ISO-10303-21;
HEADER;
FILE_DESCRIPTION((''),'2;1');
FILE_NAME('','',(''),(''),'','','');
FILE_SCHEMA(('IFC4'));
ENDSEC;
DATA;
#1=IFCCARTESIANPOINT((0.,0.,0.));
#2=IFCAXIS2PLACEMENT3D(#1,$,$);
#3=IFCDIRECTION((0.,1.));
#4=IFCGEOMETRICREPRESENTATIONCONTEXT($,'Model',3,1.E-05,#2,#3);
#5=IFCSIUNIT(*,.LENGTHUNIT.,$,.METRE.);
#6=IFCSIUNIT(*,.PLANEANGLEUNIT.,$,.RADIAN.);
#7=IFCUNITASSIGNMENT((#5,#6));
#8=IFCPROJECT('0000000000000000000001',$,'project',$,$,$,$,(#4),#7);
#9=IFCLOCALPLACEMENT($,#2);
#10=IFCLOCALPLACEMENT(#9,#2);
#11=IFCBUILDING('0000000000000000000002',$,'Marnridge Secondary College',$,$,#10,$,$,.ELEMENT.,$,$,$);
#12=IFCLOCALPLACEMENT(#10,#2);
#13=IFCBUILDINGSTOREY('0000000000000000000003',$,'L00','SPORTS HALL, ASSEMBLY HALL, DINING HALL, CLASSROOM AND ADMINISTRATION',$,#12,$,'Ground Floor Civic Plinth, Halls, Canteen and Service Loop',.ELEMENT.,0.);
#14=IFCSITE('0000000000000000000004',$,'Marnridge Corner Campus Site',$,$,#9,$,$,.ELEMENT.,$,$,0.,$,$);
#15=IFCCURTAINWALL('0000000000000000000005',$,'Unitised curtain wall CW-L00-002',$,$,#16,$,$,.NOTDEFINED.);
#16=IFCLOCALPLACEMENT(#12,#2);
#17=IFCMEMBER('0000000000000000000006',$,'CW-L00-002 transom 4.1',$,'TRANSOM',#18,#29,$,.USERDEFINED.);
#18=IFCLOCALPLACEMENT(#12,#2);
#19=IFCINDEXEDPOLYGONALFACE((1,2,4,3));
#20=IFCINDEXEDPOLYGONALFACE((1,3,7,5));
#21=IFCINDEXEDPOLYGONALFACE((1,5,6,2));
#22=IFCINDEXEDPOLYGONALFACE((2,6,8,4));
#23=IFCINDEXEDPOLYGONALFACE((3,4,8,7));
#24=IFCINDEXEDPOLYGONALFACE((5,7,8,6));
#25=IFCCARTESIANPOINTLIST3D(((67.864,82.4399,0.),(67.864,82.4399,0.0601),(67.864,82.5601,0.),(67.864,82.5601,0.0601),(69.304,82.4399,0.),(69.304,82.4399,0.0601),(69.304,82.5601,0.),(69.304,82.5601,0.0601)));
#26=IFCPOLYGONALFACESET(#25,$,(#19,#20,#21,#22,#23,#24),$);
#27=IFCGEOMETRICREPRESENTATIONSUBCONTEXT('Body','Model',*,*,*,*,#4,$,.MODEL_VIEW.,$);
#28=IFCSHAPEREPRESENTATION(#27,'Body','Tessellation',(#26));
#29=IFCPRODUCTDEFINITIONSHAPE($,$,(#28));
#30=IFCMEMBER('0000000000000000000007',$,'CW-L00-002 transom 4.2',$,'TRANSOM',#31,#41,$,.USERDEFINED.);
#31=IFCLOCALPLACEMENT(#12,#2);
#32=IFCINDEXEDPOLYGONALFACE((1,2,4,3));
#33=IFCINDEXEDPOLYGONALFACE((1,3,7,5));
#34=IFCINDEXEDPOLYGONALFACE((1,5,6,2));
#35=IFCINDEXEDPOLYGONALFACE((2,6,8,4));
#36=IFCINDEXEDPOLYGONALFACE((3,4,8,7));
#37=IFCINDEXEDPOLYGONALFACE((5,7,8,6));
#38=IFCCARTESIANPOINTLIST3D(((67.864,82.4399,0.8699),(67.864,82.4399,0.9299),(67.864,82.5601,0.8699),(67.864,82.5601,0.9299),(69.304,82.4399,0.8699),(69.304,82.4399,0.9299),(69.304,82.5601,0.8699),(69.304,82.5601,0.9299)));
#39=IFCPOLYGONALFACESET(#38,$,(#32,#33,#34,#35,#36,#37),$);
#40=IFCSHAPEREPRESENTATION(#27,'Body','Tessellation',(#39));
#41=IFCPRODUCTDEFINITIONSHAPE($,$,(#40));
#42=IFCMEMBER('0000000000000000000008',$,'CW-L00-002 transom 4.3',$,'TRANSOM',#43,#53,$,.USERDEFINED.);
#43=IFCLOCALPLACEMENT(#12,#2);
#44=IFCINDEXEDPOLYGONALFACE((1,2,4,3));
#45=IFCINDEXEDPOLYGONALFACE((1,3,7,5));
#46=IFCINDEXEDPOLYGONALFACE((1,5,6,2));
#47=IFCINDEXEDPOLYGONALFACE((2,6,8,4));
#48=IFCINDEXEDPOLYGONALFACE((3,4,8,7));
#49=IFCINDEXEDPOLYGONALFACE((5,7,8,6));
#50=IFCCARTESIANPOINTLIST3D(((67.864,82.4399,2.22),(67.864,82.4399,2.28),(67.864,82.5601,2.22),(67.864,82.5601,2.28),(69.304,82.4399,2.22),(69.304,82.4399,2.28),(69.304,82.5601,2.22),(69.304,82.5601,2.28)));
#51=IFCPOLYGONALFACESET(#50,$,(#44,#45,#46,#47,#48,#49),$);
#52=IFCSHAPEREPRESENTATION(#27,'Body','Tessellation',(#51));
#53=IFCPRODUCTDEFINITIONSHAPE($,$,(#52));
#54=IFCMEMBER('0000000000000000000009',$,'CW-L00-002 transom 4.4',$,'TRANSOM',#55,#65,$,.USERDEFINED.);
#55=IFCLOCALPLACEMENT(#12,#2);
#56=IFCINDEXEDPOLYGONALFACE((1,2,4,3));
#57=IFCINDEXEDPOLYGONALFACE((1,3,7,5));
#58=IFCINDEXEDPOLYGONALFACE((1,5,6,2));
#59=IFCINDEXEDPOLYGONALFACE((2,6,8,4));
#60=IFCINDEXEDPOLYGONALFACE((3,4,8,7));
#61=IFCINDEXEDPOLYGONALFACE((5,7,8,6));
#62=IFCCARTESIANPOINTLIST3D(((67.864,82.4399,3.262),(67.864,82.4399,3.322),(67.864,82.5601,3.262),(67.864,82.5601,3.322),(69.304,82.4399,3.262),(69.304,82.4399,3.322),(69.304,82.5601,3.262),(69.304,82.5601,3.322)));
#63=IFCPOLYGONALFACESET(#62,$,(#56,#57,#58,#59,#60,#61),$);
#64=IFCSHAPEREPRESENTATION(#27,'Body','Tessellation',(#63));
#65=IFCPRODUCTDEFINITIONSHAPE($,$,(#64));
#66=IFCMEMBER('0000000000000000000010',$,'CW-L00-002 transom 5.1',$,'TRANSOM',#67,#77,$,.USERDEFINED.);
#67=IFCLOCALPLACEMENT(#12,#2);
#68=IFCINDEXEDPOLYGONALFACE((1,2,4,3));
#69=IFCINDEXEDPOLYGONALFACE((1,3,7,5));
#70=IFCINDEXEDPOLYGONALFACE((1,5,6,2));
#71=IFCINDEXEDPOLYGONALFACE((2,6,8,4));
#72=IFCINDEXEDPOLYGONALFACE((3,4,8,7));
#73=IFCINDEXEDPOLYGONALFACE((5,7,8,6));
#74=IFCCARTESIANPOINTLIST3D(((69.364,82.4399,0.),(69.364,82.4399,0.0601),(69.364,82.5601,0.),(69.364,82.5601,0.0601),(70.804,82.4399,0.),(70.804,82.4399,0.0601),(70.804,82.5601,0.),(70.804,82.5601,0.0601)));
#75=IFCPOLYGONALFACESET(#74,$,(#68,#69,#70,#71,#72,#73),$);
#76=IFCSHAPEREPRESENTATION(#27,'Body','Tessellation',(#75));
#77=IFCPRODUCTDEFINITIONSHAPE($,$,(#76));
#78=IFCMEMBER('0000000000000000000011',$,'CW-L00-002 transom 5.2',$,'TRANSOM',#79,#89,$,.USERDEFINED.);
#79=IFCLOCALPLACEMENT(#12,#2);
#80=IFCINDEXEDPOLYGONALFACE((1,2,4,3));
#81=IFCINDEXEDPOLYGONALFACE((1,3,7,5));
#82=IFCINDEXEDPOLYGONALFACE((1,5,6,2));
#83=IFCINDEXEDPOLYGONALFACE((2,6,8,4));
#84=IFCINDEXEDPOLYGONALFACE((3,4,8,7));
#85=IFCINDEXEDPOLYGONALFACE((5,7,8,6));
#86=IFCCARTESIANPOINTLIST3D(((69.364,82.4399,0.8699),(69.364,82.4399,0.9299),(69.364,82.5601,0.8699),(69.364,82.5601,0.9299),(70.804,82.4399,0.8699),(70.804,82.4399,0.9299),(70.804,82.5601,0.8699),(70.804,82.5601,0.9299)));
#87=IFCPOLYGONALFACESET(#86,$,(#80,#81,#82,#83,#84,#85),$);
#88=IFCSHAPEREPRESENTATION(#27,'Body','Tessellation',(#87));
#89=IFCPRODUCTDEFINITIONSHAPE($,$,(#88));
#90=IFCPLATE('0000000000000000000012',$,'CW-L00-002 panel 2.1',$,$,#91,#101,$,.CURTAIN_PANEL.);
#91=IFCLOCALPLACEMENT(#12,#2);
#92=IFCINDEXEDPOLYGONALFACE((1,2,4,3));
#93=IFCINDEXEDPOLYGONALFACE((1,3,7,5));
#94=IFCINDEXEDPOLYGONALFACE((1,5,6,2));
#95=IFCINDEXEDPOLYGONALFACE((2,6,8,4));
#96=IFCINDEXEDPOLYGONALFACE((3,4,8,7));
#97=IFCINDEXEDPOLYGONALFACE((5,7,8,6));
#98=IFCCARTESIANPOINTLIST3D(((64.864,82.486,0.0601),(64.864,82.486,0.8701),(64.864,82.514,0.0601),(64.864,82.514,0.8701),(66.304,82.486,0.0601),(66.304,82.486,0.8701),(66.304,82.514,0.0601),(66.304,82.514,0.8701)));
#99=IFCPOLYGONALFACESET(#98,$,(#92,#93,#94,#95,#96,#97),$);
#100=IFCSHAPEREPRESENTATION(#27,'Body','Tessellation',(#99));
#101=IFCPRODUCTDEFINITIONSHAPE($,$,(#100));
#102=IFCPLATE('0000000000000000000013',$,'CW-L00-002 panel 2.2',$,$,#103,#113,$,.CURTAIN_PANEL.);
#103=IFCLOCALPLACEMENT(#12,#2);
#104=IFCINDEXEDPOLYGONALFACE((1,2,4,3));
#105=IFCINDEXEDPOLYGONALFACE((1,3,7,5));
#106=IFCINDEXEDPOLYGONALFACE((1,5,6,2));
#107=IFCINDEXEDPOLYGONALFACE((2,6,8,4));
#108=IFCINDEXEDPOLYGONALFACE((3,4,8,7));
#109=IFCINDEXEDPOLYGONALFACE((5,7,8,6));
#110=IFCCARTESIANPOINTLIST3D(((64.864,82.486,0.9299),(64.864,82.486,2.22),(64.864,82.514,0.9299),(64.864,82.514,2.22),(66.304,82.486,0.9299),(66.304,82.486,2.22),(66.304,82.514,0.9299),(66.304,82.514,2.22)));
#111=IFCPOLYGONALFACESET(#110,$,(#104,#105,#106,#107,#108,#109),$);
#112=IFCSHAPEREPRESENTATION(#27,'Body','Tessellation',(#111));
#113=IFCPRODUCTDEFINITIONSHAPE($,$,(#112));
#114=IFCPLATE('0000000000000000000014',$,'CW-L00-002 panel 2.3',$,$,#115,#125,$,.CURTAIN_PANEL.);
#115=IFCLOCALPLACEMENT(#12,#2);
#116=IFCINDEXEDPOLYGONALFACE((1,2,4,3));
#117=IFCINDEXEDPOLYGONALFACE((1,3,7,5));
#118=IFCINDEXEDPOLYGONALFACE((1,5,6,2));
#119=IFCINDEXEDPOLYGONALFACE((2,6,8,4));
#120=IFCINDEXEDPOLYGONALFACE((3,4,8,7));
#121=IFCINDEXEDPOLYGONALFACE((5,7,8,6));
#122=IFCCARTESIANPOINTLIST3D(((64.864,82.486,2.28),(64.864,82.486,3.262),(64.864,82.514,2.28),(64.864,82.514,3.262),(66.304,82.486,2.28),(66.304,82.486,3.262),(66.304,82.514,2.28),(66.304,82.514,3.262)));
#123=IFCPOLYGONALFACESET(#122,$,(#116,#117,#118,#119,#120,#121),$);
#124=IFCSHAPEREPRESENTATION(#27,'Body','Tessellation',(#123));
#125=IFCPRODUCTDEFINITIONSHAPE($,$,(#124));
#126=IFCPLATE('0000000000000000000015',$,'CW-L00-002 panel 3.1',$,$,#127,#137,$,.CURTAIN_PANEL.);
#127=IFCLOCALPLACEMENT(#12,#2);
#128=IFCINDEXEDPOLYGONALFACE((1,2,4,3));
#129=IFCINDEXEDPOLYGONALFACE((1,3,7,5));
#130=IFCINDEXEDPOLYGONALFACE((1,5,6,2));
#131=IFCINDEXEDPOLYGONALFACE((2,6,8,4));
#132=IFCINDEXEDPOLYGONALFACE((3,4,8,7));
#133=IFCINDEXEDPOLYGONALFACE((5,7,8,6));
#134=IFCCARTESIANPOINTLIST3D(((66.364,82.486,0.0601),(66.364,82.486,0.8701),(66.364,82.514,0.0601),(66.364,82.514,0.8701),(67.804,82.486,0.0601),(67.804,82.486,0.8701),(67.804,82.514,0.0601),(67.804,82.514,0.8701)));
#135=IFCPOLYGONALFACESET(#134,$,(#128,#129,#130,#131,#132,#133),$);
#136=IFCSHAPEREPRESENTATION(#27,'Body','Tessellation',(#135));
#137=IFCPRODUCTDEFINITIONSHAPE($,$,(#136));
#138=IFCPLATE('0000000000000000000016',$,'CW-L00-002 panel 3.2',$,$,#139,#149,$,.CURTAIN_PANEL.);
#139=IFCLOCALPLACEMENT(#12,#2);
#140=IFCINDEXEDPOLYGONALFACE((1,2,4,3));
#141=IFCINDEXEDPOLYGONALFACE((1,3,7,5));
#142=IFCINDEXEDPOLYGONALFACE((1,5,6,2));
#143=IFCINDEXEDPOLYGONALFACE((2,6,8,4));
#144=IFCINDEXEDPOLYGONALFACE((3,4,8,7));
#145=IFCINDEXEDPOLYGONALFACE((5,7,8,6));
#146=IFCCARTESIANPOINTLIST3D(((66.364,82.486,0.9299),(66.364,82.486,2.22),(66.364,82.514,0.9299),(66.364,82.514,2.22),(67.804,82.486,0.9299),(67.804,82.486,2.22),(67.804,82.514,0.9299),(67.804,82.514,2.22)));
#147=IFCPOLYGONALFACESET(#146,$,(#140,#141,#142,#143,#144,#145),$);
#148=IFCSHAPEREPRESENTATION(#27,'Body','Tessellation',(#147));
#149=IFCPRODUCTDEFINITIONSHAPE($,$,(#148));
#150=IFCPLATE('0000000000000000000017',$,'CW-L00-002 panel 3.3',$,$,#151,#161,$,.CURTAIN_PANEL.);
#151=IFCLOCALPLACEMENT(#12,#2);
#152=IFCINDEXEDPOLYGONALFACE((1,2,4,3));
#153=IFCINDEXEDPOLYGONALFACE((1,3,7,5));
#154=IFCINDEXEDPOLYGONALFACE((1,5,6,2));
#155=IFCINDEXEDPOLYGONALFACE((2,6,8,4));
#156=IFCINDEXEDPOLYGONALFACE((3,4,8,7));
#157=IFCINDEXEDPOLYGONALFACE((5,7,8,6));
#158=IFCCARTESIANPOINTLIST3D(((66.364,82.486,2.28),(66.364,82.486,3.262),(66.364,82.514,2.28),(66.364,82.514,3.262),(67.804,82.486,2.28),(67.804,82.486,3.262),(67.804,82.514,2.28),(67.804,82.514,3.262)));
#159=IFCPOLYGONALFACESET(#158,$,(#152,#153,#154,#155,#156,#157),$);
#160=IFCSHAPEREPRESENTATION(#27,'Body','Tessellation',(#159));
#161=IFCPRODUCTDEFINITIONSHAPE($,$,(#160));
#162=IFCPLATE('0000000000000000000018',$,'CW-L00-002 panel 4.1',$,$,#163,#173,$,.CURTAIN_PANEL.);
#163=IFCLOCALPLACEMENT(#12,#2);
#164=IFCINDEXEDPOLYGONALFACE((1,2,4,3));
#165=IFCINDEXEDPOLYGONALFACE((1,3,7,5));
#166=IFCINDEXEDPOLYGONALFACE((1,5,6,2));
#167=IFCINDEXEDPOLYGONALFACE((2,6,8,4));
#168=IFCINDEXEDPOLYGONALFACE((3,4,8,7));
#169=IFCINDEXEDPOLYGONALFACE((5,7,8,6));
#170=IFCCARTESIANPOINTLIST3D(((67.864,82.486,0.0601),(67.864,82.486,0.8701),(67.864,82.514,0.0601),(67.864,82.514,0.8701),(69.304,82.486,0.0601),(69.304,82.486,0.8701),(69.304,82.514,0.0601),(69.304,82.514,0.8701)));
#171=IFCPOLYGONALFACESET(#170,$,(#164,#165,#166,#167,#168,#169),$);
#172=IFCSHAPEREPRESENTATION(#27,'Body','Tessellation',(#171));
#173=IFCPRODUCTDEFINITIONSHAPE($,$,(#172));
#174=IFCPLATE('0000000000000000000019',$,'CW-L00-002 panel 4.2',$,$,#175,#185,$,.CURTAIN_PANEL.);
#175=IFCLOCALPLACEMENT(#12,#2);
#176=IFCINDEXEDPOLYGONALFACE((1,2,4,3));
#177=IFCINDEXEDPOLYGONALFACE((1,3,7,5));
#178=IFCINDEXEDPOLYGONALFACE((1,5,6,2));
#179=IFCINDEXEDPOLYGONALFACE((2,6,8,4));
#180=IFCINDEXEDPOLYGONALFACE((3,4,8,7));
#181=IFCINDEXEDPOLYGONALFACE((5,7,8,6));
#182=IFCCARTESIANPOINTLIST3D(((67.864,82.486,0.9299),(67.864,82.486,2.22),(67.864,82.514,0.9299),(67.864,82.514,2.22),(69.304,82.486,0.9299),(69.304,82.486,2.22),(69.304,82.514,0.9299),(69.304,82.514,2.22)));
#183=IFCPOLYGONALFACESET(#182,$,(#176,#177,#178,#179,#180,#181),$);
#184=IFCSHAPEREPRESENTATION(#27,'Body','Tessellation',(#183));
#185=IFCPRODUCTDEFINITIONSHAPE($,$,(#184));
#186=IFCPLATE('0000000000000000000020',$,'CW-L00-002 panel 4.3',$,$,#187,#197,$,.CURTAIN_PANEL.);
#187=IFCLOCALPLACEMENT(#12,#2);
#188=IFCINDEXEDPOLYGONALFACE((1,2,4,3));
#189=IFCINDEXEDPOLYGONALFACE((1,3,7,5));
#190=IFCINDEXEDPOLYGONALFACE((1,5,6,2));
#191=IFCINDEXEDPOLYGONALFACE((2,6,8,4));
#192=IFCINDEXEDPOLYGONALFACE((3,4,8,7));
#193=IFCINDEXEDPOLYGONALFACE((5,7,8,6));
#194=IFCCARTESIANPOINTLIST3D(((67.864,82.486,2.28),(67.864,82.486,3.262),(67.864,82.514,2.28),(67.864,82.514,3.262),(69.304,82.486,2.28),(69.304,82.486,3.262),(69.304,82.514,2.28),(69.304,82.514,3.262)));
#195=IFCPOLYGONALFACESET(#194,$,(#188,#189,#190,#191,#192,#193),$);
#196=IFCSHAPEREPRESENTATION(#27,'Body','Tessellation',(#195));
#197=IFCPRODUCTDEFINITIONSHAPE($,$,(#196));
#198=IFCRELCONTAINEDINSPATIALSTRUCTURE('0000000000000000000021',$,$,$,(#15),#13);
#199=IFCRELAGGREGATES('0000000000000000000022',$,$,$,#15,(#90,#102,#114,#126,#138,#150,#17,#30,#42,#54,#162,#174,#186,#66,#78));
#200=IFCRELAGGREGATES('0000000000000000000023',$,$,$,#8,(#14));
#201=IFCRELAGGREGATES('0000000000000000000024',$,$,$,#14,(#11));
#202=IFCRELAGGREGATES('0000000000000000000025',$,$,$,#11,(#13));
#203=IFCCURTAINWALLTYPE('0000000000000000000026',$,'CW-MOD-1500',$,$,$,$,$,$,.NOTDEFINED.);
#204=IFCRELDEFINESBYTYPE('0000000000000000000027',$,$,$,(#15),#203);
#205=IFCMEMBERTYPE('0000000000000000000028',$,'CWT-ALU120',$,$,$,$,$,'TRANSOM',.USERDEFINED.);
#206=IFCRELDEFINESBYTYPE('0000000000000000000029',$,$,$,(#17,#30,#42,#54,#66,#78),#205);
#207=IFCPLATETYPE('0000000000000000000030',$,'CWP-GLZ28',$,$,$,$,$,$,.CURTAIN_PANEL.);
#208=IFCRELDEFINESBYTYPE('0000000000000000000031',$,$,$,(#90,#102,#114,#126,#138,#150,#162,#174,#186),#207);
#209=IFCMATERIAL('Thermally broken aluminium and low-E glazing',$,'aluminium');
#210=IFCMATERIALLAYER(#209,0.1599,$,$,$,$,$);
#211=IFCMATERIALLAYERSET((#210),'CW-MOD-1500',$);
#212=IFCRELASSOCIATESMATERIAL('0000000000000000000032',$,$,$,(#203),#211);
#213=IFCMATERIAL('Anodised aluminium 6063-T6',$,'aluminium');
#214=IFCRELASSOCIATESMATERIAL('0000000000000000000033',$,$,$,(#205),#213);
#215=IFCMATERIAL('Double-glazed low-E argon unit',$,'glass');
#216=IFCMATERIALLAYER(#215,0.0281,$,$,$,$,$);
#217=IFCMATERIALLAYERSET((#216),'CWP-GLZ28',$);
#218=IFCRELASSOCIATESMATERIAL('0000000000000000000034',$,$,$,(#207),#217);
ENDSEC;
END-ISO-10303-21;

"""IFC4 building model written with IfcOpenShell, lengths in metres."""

from ifc_helpers import new_model, si_unit, direction, frame, origin, origin_2d, place, context, subcontext, project, spatial, rectangle, extrude, material, layer, layer_set, material_profile, profile_set, type_object, element, aggregate, save


model = new_model("IFC4")

# Units and contexts
model_context = context("Model", 3, precision=1e-05, world=origin(), true_north=direction((0.0, 1.0)))
body_context = subcontext(model_context, "Body", "Model", "MODEL_VIEW")
ifc_project = project(units=[si_unit("LENGTHUNIT", "METRE"), si_unit("PLANEANGLEUNIT", "RADIAN")], contexts=[model_context])

# Site, building, storey
site_placement = place(None, origin())
site = spatial("IfcSite", under=ifc_project, at=site_placement, Name="Marnridge Corner Campus Site", CompositionType="ELEMENT", RefElevation=0.0)
building_placement = place(site_placement, origin())
building = spatial("IfcBuilding", under=site, at=building_placement, Name="Marnridge Secondary College", CompositionType="ELEMENT")
storey_placement = place(building_placement, origin())
storey = spatial("IfcBuildingStorey", under=building, at=storey_placement, Name="L00", Description="SPORTS HALL, ASSEMBLY HALL, DINING HALL, CLASSROOM AND ADMINISTRATION", LongName="Ground Floor Civic Plinth, Halls, Canteen and Service Loop", CompositionType="ELEMENT", Elevation=0.0)

# Curtain wall, members, plates
ifc_material_1 = material(Name="Thermally broken aluminium and low-E glazing", Category="aluminium")
ifc_layer_1 = layer(ifc_material_1, 0.1599)
ifc_layer_set_1 = layer_set([ifc_layer_1], Name="CW-MOD-1500")
curtain_wall_type = type_object("IfcCurtainWallType", Name="CW-MOD-1500", PredefinedType="NOTDEFINED", material=ifc_layer_set_1)
curtain_wall_placement = place(storey_placement, origin())
curtain_wall = element("IfcCurtainWall", 1, at=curtain_wall_placement, inside=storey, type_object=curtain_wall_type, Name="Unitised curtain wall CW-L00-002", PredefinedType="NOTDEFINED")
ifc_material_2 = material(Name="Anodised aluminium 6063-T6", Category="aluminium")
ifc_material_profile_1 = material_profile(ifc_material_2, rectangle(XDim=0.0601, YDim=0.1201, at=origin_2d()), Name="ALU 60x120")
ifc_profile_set_1 = profile_set([ifc_material_profile_1], Name="Anodised aluminium 6063-T6")
member_type_1 = type_object("IfcMemberType", Name="CWT-ALU120", ElementType="TRANSOM", PredefinedType="USERDEFINED", material=ifc_profile_set_1)
member_1_placement = place(storey_placement, frame((67.864, 82.5, 0.03), z_axis=(1.0, 0.0, 0.0), x_axis=(0.0, 0.0, 1.0)))
member_1 = element("IfcMember", 2, at=member_1_placement, type_object=member_type_1, Name="CW-L00-002 transom 4.1", ObjectType="TRANSOM", PredefinedType="USERDEFINED", context=body_context, shape_type="SweptSolid", body=[
    extrude(rectangle(XDim=0.0601, YDim=0.1201, at=origin_2d()), origin(), (0.0, 0.0, 1.0), 1.4399),
])
member_2_placement = place(storey_placement, frame((67.864, 82.5, 0.8999), z_axis=(1.0, 0.0, 0.0), x_axis=(0.0, 0.0, 1.0)))
member_2 = element("IfcMember", 3, at=member_2_placement, type_object=member_type_1, Name="CW-L00-002 transom 4.2", ObjectType="TRANSOM", PredefinedType="USERDEFINED", context=body_context, shape_type="SweptSolid", body=[
    extrude(rectangle(XDim=0.0601, YDim=0.1201, at=origin_2d()), origin(), (0.0, 0.0, 1.0), 1.4399),
])
member_3_placement = place(storey_placement, frame((67.864, 82.5, 2.25), z_axis=(1.0, 0.0, 0.0), x_axis=(0.0, 0.0, 1.0)))
member_3 = element("IfcMember", 4, at=member_3_placement, type_object=member_type_1, Name="CW-L00-002 transom 4.3", ObjectType="TRANSOM", PredefinedType="USERDEFINED", context=body_context, shape_type="SweptSolid", body=[
    extrude(rectangle(XDim=0.0601, YDim=0.1201, at=origin_2d()), origin(), (0.0, 0.0, 1.0), 1.4399),
])
member_4_placement = place(storey_placement, frame((67.864, 82.5, 3.292), z_axis=(1.0, 0.0, 0.0), x_axis=(0.0, 0.0, 1.0)))
member_4 = element("IfcMember", 5, at=member_4_placement, type_object=member_type_1, Name="CW-L00-002 transom 4.4", ObjectType="TRANSOM", PredefinedType="USERDEFINED", context=body_context, shape_type="SweptSolid", body=[
    extrude(rectangle(XDim=0.0601, YDim=0.1201, at=origin_2d()), origin(), (0.0, 0.0, 1.0), 1.4399),
])
member_5_placement = place(storey_placement, frame((69.364, 82.5, 0.03), z_axis=(1.0, 0.0, 0.0), x_axis=(0.0, 0.0, 1.0)))
member_5 = element("IfcMember", 6, at=member_5_placement, type_object=member_type_1, Name="CW-L00-002 transom 5.1", ObjectType="TRANSOM", PredefinedType="USERDEFINED", context=body_context, shape_type="SweptSolid", body=[
    extrude(rectangle(XDim=0.0601, YDim=0.1201, at=origin_2d()), origin(), (0.0, 0.0, 1.0), 1.4399),
])
member_6_placement = place(storey_placement, frame((69.364, 82.5, 0.8999), z_axis=(1.0, 0.0, 0.0), x_axis=(0.0, 0.0, 1.0)))
member_6 = element("IfcMember", 7, at=member_6_placement, type_object=member_type_1, Name="CW-L00-002 transom 5.2", ObjectType="TRANSOM", PredefinedType="USERDEFINED", context=body_context, shape_type="SweptSolid", body=[
    extrude(rectangle(XDim=0.0601, YDim=0.1201, at=origin_2d()), origin(), (0.0, 0.0, 1.0), 1.4399),
])
ifc_material_3 = material(Name="Double-glazed low-E argon unit", Category="glass")
ifc_layer_2 = layer(ifc_material_3, 0.0281)
ifc_layer_set_2 = layer_set([ifc_layer_2], Name="CWP-GLZ28")
plate_type = type_object("IfcPlateType", Name="CWP-GLZ28", PredefinedType="CURTAIN_PANEL", material=ifc_layer_set_2)
plate_1_placement = place(storey_placement, frame((65.584, 82.5, 0.0601), z_axis=(0.0, 0.0, 1.0), x_axis=(1.0, 0.0, 0.0)))
plate_1 = element("IfcPlate", 8, at=plate_1_placement, type_object=plate_type, Name="CW-L00-002 panel 2.1", PredefinedType="CURTAIN_PANEL", context=body_context, shape_type="SweptSolid", body=[
    extrude(rectangle(XDim=1.4399, YDim=0.0281, at=origin_2d()), origin(), (0.0, 0.0, 1.0), 0.8101),
])
plate_2_placement = place(storey_placement, frame((65.584, 82.5, 0.9299), z_axis=(0.0, 0.0, 1.0), x_axis=(1.0, 0.0, 0.0)))
plate_2 = element("IfcPlate", 9, at=plate_2_placement, type_object=plate_type, Name="CW-L00-002 panel 2.2", PredefinedType="CURTAIN_PANEL", context=body_context, shape_type="SweptSolid", body=[
    extrude(rectangle(XDim=1.4399, YDim=0.0281, at=origin_2d()), origin(), (0.0, 0.0, 1.0), 1.29),
])
plate_3_placement = place(storey_placement, frame((65.584, 82.5, 2.28), z_axis=(0.0, 0.0, 1.0), x_axis=(1.0, 0.0, 0.0)))
plate_3 = element("IfcPlate", 10, at=plate_3_placement, type_object=plate_type, Name="CW-L00-002 panel 2.3", PredefinedType="CURTAIN_PANEL", context=body_context, shape_type="SweptSolid", body=[
    extrude(rectangle(XDim=1.4399, YDim=0.0281, at=origin_2d()), origin(), (0.0, 0.0, 1.0), 0.9819),
])
plate_4_placement = place(storey_placement, frame((67.084, 82.5, 0.0601), z_axis=(0.0, 0.0, 1.0), x_axis=(1.0, 0.0, 0.0)))
plate_4 = element("IfcPlate", 11, at=plate_4_placement, type_object=plate_type, Name="CW-L00-002 panel 3.1", PredefinedType="CURTAIN_PANEL", context=body_context, shape_type="SweptSolid", body=[
    extrude(rectangle(XDim=1.4399, YDim=0.0281, at=origin_2d()), origin(), (0.0, 0.0, 1.0), 0.8101),
])
plate_5_placement = place(storey_placement, frame((67.084, 82.5, 0.9299), z_axis=(0.0, 0.0, 1.0), x_axis=(1.0, 0.0, 0.0)))
plate_5 = element("IfcPlate", 12, at=plate_5_placement, type_object=plate_type, Name="CW-L00-002 panel 3.2", PredefinedType="CURTAIN_PANEL", context=body_context, shape_type="SweptSolid", body=[
    extrude(rectangle(XDim=1.4399, YDim=0.0281, at=origin_2d()), origin(), (0.0, 0.0, 1.0), 1.29),
])
plate_6_placement = place(storey_placement, frame((67.084, 82.5, 2.28), z_axis=(0.0, 0.0, 1.0), x_axis=(1.0, 0.0, 0.0)))
plate_6 = element("IfcPlate", 13, at=plate_6_placement, type_object=plate_type, Name="CW-L00-002 panel 3.3", PredefinedType="CURTAIN_PANEL", context=body_context, shape_type="SweptSolid", body=[
    extrude(rectangle(XDim=1.4399, YDim=0.0281, at=origin_2d()), origin(), (0.0, 0.0, 1.0), 0.9819),
])
plate_7_placement = place(storey_placement, frame((68.584, 82.5, 0.0601), z_axis=(0.0, 0.0, 1.0), x_axis=(1.0, 0.0, 0.0)))
plate_7 = element("IfcPlate", 14, at=plate_7_placement, type_object=plate_type, Name="CW-L00-002 panel 4.1", PredefinedType="CURTAIN_PANEL", context=body_context, shape_type="SweptSolid", body=[
    extrude(rectangle(XDim=1.4399, YDim=0.0281, at=origin_2d()), origin(), (0.0, 0.0, 1.0), 0.8101),
])
plate_8_placement = place(storey_placement, frame((68.584, 82.5, 0.9299), z_axis=(0.0, 0.0, 1.0), x_axis=(1.0, 0.0, 0.0)))
plate_8 = element("IfcPlate", 15, at=plate_8_placement, type_object=plate_type, Name="CW-L00-002 panel 4.2", PredefinedType="CURTAIN_PANEL", context=body_context, shape_type="SweptSolid", body=[
    extrude(rectangle(XDim=1.4399, YDim=0.0281, at=origin_2d()), origin(), (0.0, 0.0, 1.0), 1.29),
])
plate_9_placement = place(storey_placement, frame((68.584, 82.5, 2.28), z_axis=(0.0, 0.0, 1.0), x_axis=(1.0, 0.0, 0.0)))
plate_9 = element("IfcPlate", 16, at=plate_9_placement, type_object=plate_type, Name="CW-L00-002 panel 4.3", PredefinedType="CURTAIN_PANEL", context=body_context, shape_type="SweptSolid", body=[
    extrude(rectangle(XDim=1.4399, YDim=0.0281, at=origin_2d()), origin(), (0.0, 0.0, 1.0), 0.9819),
])
aggregate(curtain_wall, [plate_1, plate_2, plate_3, plate_4, plate_5, plate_6, member_1, member_2, member_3, member_4, plate_7, plate_8, plate_9, member_5, member_6])

save(model, "model.ifc")
